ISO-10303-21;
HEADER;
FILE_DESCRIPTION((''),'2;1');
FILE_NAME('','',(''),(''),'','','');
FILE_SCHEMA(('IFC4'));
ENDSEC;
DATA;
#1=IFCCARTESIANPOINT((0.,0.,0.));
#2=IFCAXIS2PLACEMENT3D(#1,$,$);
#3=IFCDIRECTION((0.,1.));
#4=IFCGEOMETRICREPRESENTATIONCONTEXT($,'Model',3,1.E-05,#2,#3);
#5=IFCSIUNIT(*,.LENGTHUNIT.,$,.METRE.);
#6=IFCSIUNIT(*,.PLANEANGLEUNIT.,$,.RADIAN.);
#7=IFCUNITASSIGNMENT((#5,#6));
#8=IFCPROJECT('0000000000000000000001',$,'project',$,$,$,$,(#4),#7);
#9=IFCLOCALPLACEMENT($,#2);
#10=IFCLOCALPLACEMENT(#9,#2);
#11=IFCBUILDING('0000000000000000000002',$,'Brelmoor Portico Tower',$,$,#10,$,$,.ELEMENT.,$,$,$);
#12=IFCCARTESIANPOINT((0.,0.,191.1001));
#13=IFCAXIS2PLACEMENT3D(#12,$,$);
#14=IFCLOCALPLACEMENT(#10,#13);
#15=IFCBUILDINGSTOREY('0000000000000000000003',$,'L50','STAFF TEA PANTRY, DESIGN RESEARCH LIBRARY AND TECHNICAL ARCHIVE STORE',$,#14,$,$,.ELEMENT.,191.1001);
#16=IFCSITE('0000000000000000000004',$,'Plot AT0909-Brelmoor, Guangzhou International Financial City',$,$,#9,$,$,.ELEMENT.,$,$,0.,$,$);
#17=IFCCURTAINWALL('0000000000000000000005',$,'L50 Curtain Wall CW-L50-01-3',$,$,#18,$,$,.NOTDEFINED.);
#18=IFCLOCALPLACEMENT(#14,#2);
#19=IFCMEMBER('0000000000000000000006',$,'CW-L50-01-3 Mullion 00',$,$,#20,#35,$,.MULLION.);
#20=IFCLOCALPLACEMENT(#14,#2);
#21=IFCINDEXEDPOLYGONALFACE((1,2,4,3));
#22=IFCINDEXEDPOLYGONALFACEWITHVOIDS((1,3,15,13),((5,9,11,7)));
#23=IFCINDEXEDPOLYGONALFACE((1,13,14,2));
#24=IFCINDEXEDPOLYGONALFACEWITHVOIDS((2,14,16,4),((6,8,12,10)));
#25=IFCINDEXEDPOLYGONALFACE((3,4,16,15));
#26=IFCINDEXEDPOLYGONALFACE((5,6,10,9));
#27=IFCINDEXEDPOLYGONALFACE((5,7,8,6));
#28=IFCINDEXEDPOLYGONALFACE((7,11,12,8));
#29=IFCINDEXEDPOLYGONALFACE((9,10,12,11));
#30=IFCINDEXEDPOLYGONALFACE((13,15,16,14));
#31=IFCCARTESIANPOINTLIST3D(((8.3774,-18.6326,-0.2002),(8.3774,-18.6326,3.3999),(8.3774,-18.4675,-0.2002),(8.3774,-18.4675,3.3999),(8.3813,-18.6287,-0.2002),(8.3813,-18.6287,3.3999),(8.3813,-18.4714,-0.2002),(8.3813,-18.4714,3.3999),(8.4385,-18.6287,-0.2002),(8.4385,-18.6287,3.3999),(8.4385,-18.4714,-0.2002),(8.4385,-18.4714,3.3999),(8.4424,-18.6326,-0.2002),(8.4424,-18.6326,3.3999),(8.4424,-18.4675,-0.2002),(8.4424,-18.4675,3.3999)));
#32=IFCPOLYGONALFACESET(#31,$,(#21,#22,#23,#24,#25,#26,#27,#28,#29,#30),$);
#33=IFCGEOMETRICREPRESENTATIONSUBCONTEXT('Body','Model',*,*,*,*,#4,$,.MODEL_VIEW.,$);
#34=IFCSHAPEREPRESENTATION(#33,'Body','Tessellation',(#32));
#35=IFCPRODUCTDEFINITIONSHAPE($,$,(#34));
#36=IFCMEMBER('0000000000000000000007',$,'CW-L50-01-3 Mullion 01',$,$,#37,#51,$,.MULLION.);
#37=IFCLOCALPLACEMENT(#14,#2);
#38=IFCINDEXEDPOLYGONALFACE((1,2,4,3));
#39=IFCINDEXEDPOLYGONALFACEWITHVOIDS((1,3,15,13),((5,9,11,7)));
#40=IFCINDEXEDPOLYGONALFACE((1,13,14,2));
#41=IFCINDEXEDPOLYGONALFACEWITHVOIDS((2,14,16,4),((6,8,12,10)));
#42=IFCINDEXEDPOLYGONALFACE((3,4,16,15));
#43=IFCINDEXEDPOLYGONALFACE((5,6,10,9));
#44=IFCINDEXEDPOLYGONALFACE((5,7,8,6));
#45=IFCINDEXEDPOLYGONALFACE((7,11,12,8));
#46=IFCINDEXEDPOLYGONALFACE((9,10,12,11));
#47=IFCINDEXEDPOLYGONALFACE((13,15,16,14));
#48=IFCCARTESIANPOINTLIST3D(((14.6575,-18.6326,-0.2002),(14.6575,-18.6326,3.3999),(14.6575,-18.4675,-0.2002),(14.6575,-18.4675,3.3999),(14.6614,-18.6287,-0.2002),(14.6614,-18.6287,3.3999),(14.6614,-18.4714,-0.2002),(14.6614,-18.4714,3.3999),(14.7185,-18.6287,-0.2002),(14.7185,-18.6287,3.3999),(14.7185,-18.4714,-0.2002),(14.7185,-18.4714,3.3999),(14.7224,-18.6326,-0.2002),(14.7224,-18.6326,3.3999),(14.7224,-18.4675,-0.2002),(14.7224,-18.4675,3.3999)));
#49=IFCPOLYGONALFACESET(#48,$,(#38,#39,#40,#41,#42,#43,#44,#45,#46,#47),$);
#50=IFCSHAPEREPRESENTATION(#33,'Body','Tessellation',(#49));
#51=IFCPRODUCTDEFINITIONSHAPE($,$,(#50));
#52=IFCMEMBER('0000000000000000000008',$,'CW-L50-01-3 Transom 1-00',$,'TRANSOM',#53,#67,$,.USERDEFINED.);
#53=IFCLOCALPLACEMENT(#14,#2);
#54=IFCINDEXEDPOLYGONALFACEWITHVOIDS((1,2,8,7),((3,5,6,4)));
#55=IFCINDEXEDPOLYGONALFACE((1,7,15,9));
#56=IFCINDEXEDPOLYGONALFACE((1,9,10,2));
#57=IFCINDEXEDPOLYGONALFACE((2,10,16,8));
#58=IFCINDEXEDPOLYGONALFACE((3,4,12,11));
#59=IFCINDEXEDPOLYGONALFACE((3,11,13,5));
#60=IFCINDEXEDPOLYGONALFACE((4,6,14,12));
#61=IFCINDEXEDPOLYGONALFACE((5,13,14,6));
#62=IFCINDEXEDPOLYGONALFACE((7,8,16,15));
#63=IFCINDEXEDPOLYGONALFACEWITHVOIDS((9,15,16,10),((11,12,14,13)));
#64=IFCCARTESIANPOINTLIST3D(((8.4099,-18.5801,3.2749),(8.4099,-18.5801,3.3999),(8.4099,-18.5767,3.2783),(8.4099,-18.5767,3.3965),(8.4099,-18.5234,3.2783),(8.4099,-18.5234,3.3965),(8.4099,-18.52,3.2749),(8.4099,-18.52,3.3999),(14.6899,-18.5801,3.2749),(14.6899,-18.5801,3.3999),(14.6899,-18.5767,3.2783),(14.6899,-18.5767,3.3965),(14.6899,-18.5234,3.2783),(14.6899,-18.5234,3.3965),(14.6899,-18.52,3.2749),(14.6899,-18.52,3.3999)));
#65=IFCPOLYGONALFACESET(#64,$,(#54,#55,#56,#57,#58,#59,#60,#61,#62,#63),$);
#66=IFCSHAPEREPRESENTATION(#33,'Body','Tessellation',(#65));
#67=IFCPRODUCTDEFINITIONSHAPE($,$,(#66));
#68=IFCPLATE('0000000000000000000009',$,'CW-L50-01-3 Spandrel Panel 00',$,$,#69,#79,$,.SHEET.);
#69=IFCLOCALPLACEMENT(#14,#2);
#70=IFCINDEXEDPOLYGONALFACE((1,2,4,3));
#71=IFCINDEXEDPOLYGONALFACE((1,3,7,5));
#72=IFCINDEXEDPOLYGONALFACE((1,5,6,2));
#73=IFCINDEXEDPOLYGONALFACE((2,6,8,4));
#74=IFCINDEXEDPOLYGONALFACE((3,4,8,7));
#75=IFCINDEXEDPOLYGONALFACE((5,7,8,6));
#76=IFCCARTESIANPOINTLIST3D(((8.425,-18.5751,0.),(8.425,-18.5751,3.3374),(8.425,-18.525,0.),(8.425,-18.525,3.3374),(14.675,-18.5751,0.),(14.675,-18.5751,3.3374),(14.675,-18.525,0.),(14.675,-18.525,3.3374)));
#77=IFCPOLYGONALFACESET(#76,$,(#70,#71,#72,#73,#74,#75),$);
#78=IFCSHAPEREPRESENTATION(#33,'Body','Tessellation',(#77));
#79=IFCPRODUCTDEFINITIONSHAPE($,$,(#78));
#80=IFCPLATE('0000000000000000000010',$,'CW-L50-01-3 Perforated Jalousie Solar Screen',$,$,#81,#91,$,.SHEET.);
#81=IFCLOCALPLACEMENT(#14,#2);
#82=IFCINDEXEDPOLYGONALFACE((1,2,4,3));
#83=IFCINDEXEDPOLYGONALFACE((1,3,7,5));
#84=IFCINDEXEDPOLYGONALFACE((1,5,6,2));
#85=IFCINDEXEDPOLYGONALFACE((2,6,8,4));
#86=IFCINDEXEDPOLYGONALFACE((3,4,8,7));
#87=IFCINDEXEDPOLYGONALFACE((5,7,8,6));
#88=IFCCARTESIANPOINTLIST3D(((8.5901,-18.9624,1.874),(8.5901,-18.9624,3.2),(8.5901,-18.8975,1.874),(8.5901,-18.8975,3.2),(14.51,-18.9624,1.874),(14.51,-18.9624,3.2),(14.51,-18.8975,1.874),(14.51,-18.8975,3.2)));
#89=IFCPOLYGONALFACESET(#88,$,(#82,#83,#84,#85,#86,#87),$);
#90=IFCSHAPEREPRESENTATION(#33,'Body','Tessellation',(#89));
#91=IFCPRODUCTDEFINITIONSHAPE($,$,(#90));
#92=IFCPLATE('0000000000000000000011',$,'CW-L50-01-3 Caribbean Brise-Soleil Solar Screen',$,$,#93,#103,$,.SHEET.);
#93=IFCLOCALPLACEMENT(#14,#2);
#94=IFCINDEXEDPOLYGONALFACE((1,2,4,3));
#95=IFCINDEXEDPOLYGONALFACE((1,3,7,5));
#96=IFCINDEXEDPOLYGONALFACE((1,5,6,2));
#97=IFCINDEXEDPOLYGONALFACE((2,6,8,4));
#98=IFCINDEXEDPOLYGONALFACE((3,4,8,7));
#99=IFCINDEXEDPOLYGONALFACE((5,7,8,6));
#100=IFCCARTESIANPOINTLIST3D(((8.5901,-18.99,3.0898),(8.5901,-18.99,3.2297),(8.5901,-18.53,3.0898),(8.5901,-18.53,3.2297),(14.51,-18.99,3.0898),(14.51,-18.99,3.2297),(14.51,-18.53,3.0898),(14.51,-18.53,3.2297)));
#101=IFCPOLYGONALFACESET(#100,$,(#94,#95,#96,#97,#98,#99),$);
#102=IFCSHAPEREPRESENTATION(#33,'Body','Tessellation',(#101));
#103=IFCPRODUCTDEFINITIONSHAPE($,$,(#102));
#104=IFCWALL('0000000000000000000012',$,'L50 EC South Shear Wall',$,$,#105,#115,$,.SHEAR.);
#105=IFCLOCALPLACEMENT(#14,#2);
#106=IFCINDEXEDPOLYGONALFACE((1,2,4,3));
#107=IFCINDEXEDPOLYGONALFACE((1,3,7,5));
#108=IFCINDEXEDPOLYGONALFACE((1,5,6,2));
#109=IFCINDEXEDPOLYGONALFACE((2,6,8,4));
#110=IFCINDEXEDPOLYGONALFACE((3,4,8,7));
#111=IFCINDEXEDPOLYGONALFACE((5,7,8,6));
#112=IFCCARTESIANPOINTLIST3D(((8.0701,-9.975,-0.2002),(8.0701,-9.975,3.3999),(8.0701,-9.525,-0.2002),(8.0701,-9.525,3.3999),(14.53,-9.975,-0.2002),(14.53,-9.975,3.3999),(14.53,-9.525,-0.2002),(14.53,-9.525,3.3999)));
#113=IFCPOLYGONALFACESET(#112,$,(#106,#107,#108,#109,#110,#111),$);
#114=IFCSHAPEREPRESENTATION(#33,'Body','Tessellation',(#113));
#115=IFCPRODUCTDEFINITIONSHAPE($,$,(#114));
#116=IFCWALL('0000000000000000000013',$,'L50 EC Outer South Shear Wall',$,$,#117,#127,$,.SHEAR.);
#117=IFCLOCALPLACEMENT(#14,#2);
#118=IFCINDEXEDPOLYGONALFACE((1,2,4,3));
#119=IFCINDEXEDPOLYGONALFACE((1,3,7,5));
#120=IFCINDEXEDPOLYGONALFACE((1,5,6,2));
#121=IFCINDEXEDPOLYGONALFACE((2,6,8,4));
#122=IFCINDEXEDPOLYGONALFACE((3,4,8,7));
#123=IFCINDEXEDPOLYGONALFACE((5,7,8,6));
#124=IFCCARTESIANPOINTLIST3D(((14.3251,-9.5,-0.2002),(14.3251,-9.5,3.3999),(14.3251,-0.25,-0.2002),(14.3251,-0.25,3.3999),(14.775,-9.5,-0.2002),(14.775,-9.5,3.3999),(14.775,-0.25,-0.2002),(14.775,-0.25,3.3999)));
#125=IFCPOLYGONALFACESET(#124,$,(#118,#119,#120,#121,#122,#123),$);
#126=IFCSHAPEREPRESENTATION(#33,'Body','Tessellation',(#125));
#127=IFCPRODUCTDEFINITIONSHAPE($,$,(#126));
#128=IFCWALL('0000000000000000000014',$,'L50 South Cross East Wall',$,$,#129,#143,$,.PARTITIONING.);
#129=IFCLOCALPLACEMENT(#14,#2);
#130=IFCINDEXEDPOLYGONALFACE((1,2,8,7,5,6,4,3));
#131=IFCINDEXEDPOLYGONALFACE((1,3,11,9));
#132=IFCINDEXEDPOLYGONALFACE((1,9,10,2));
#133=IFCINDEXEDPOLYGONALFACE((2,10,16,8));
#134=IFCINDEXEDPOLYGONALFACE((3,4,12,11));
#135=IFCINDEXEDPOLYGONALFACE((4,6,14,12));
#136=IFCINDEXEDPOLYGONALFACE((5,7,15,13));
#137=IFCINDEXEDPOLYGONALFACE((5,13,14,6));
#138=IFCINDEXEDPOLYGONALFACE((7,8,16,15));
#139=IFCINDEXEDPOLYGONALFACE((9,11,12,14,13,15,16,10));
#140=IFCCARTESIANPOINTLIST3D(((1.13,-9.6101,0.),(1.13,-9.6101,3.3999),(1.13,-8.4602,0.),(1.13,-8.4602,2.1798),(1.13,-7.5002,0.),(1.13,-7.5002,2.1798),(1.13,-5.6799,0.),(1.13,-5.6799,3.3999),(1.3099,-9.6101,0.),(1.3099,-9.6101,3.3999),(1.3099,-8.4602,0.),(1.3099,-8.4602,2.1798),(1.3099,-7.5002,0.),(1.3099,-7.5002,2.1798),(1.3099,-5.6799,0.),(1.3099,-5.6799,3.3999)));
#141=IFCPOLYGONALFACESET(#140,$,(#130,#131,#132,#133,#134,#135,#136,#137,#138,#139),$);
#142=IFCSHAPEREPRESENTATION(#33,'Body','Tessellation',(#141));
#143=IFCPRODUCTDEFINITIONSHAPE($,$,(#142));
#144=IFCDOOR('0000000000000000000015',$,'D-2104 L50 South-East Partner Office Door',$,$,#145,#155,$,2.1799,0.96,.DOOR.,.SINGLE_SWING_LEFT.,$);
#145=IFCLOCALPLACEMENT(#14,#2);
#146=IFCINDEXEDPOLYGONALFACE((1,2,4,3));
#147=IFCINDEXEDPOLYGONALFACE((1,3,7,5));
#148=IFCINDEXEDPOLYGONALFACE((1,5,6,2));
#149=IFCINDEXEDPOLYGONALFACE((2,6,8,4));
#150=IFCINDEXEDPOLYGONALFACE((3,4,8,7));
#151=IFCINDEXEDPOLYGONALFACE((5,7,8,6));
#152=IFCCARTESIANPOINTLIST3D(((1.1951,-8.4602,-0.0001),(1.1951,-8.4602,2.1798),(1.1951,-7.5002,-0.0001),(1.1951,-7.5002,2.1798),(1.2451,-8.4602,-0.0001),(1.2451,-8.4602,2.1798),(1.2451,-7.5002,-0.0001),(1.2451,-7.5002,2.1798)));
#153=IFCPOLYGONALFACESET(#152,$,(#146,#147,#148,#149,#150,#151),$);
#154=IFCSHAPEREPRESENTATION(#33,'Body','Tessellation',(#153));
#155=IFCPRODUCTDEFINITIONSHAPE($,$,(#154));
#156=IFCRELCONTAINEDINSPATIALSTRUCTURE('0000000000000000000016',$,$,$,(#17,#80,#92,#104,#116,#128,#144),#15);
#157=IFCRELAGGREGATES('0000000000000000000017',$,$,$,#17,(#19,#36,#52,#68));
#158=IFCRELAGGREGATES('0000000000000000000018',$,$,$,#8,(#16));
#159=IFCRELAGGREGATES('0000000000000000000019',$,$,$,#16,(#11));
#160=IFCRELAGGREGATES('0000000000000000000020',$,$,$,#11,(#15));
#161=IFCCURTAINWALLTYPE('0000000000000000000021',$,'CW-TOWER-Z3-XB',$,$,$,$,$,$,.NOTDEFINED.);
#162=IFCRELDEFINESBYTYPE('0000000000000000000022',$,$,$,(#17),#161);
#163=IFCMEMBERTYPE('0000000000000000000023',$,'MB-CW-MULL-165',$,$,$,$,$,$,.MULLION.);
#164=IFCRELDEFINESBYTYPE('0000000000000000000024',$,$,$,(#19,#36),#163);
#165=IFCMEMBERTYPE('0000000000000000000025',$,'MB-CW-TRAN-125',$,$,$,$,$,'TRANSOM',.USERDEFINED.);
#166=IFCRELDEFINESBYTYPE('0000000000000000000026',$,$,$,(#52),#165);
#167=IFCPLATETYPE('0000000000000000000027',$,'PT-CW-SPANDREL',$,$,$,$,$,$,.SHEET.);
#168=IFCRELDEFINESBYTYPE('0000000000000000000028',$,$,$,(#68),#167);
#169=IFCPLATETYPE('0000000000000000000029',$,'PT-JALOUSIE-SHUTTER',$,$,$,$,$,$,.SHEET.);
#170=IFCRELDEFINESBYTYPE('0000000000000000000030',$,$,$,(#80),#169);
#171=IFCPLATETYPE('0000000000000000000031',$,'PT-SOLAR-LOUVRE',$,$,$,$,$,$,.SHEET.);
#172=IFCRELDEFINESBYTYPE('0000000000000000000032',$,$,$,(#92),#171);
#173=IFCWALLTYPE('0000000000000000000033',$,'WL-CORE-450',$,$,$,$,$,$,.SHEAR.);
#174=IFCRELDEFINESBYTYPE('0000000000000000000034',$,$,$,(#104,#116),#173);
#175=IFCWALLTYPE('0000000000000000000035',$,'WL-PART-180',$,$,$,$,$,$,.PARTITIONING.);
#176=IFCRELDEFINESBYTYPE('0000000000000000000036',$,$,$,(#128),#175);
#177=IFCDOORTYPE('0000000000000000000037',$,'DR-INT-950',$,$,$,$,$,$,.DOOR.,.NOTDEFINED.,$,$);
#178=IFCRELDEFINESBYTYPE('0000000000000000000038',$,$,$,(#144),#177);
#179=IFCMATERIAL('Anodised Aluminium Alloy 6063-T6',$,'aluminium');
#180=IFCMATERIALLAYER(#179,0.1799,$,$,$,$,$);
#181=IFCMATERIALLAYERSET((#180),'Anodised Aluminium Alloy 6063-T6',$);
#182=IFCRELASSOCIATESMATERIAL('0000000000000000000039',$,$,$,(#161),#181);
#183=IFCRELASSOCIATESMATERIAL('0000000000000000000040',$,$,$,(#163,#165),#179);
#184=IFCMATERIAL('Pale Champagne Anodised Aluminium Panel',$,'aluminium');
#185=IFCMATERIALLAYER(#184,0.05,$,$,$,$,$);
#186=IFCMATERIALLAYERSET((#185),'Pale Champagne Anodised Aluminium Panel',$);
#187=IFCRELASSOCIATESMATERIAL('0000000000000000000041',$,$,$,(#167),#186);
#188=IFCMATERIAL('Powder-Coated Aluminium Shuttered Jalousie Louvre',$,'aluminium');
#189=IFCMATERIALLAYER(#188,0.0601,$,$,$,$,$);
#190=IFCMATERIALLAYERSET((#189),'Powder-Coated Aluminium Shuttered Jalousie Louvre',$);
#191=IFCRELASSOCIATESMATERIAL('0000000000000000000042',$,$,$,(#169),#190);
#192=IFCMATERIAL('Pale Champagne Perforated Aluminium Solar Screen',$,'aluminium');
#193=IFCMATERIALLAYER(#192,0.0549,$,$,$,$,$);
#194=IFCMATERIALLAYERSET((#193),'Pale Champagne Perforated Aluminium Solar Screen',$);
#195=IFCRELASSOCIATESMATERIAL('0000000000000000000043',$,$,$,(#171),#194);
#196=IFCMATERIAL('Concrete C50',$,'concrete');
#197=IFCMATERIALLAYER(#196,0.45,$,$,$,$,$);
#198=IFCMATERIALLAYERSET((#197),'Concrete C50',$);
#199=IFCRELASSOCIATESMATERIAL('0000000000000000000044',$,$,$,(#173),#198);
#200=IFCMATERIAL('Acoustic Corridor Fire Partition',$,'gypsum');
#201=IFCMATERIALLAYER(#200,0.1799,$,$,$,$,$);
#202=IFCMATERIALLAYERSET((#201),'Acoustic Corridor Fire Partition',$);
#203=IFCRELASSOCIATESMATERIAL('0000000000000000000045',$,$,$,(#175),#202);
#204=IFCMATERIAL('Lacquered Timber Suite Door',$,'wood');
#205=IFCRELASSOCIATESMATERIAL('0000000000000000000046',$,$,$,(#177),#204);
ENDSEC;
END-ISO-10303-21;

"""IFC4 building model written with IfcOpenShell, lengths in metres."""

from ifc_helpers import new_model, si_unit, direction, frame, frame_2d, origin, origin_2d, place, context, subcontext, project, spatial, rectangle, hollow_rectangle, extrude, material, layer, layer_set, material_profile, profile_set, type_object, element, fill, aggregate, save


model = new_model("IFC4")

# Units and contexts
model_context = context("Model", 3, precision=1e-05, world=origin(), true_north=direction((0.0, 1.0)))
body_context = subcontext(model_context, "Body", "Model", "MODEL_VIEW")
ifc_project = project(units=[si_unit("LENGTHUNIT", "METRE"), si_unit("PLANEANGLEUNIT", "RADIAN")], contexts=[model_context])

# Site, building, storey
site_placement = place(None, origin())
site = spatial("IfcSite", under=ifc_project, at=site_placement, Name="Plot AT0909-Brelmoor, Guangzhou International Financial City", CompositionType="ELEMENT", RefElevation=0.0)
building_placement = place(site_placement, origin())
building = spatial("IfcBuilding", under=site, at=building_placement, Name="Brelmoor Portico Tower", CompositionType="ELEMENT")
storey_placement = place(building_placement, frame((0.0, 0.0, 191.1001)))
storey = spatial("IfcBuildingStorey", under=building, at=storey_placement, Name="L50", Description="STAFF TEA PANTRY, DESIGN RESEARCH LIBRARY AND TECHNICAL ARCHIVE STORE", CompositionType="ELEMENT", Elevation=191.1001)

# Shared definitions
ifc_material_1 = material(Name="Anodised Aluminium Alloy 6063-T6", Category="aluminium")
ifc_layer_1 = layer(ifc_material_1, 0.1799)
ifc_layer_set_1 = layer_set([ifc_layer_1], Name="Anodised Aluminium Alloy 6063-T6")
curtain_wall_type = type_object("IfcCurtainWallType", Name="CW-TOWER-Z3-XB", PredefinedType="NOTDEFINED", material=ifc_layer_set_1)
ifc_material_profile_1 = material_profile(ifc_material_1, hollow_rectangle(XDim=0.0649, YDim=0.165, WallThickness=0.0039, at=origin_2d()), Name="ALU MULLION 65x165")
ifc_profile_set_1 = profile_set([ifc_material_profile_1], Name="Anodised Aluminium Alloy 6063-T6")
member_type_1 = type_object("IfcMemberType", Name="MB-CW-MULL-165", PredefinedType="MULLION", material=ifc_profile_set_1)

# Curtain wall, members, plate
curtain_wall_1_placement = place(storey_placement, origin())
curtain_wall_1 = element("IfcCurtainWall", 1, at=curtain_wall_1_placement, inside=storey, type_object=curtain_wall_type, Name="L50 Curtain Wall CW-L50-01-3", PredefinedType="NOTDEFINED")
member_1_placement = place(storey_placement, frame((8.4099, -18.55, -0.2002), z_axis=(0.0, 0.0, 1.0), x_axis=(1.0, 0.0, 0.0)))
member_1 = element("IfcMember", 2, at=member_1_placement, type_object=member_type_1, Name="CW-L50-01-3 Mullion 00", PredefinedType="MULLION", context=body_context, shape_type="SweptSolid", body=[
    extrude(hollow_rectangle(XDim=0.0649, YDim=0.165, WallThickness=0.0039, at=origin_2d()), origin(), (0.0, 0.0, 1.0), 3.6001),
])
member_2_placement = place(storey_placement, frame((14.6899, -18.55, -0.2002), z_axis=(0.0, 0.0, 1.0), x_axis=(1.0, 0.0, 0.0)))
member_2 = element("IfcMember", 3, at=member_2_placement, type_object=member_type_1, Name="CW-L50-01-3 Mullion 01", PredefinedType="MULLION", context=body_context, shape_type="SweptSolid", body=[
    extrude(hollow_rectangle(XDim=0.0649, YDim=0.165, WallThickness=0.0039, at=origin_2d()), origin(), (0.0, 0.0, 1.0), 3.6001),
])
ifc_material_profile_2 = material_profile(ifc_material_1, hollow_rectangle(XDim=0.0601, YDim=0.125, WallThickness=0.0034, at=origin_2d()), Name="ALU TRANSOM 60x125")
ifc_profile_set_2 = profile_set([ifc_material_profile_2], Name="Anodised Aluminium Alloy 6063-T6")
member_type_2 = type_object("IfcMemberType", Name="MB-CW-TRAN-125", ElementType="TRANSOM", PredefinedType="USERDEFINED", material=ifc_profile_set_2)
member_3_placement = place(storey_placement, frame((8.4099, -18.55, 3.3374), z_axis=(1.0, 0.0, 0.0), x_axis=(0.0, 1.0, 0.0)))
member_3 = element("IfcMember", 4, at=member_3_placement, type_object=member_type_2, Name="CW-L50-01-3 Transom 1-00", ObjectType="TRANSOM", PredefinedType="USERDEFINED", context=body_context, shape_type="SweptSolid", body=[
    extrude(hollow_rectangle(XDim=0.0601, YDim=0.125, WallThickness=0.0034, at=origin_2d()), origin(), (0.0, 0.0, 1.0), 6.28),
])
ifc_material_2 = material(Name="Pale Champagne Anodised Aluminium Panel", Category="aluminium")
ifc_layer_2 = layer(ifc_material_2, 0.05)
ifc_layer_set_2 = layer_set([ifc_layer_2], Name="Pale Champagne Anodised Aluminium Panel")
plate_type_1 = type_object("IfcPlateType", Name="PT-CW-SPANDREL", PredefinedType="SHEET", material=ifc_layer_set_2)
plate_1_placement = place(storey_placement, frame((11.55, -18.55, 0.0), z_axis=(0.0, 0.0, 1.0), x_axis=(1.0, 0.0, 0.0)))
plate_1 = element("IfcPlate", 5, at=plate_1_placement, type_object=plate_type_1, Name="CW-L50-01-3 Spandrel Panel 00", PredefinedType="SHEET", context=body_context, shape_type="SweptSolid", body=[
    extrude(rectangle(XDim=6.25, YDim=0.05, at=origin_2d()), origin(), (0.0, 0.0, 1.0), 3.3374),
])
aggregate(curtain_wall_1, [member_1, member_2, member_3, plate_1])

# Plates
ifc_material_3 = material(Name="Powder-Coated Aluminium Shuttered Jalousie Louvre", Category="aluminium")
ifc_layer_3 = layer(ifc_material_3, 0.0601)
ifc_layer_set_3 = layer_set([ifc_layer_3], Name="Powder-Coated Aluminium Shuttered Jalousie Louvre")
plate_type_2 = type_object("IfcPlateType", Name="PT-JALOUSIE-SHUTTER", PredefinedType="SHEET", material=ifc_layer_set_3)
plate_2_placement = place(storey_placement, frame((11.55, -18.9299, 1.874), z_axis=(0.0, 0.0, 1.0), x_axis=(1.0, 0.0, 0.0)))
element("IfcPlate", 6, at=plate_2_placement, inside=storey, type_object=plate_type_2, Name="CW-L50-01-3 Perforated Jalousie Solar Screen", PredefinedType="SHEET", context=body_context, shape_type="SweptSolid", body=[
    extrude(rectangle(XDim=5.9199, YDim=0.0649, at=origin_2d()), origin(), (0.0, 0.0, 1.0), 1.3259),
])
ifc_material_4 = material(Name="Pale Champagne Perforated Aluminium Solar Screen", Category="aluminium")
ifc_layer_4 = layer(ifc_material_4, 0.0549)
ifc_layer_set_4 = layer_set([ifc_layer_4], Name="Pale Champagne Perforated Aluminium Solar Screen")
plate_type_3 = type_object("IfcPlateType", Name="PT-SOLAR-LOUVRE", PredefinedType="SHEET", material=ifc_layer_set_4)
plate_3_placement = place(storey_placement, frame((11.55, -18.76, 3.0898), z_axis=(0.0, 0.0, 1.0), x_axis=(1.0, 0.0, 0.0)))
element("IfcPlate", 7, at=plate_3_placement, inside=storey, type_object=plate_type_3, Name="CW-L50-01-3 Caribbean Brise-Soleil Solar Screen", PredefinedType="SHEET", context=body_context, shape_type="SweptSolid", body=[
    extrude(rectangle(XDim=5.9199, YDim=0.46, at=origin_2d()), origin(), (0.0, 0.0, 1.0), 0.1399),
])

# Walls
ifc_material_5 = material(Name="Concrete C50", Category="concrete")
ifc_layer_5 = layer(ifc_material_5, 0.45)
ifc_layer_set_5 = layer_set([ifc_layer_5], Name="Concrete C50")
wall_type_1 = type_object("IfcWallType", Name="WL-CORE-450", PredefinedType="SHEAR", material=ifc_layer_set_5)
wall_1_placement = place(storey_placement, frame((8.0701, -9.75, -0.2002), z_axis=(0.0, 0.0, 1.0), x_axis=(1.0, 0.0, 0.0)))
element("IfcWall", 8, at=wall_1_placement, inside=storey, type_object=wall_type_1, Name="L50 EC South Shear Wall", PredefinedType="SHEAR", context=body_context, shape_type="SweptSolid", body=[
    extrude(rectangle(XDim=6.46, YDim=0.45, at=frame_2d((3.23, 0.0))), origin(), (0.0, 0.0, 1.0), 3.6001),
])
wall_2_placement = place(storey_placement, frame((14.55, -9.5, -0.2002), z_axis=(0.0, 0.0, 1.0), x_axis=(0.0, 1.0, 0.0)))
element("IfcWall", 9, at=wall_2_placement, inside=storey, type_object=wall_type_1, Name="L50 EC Outer South Shear Wall", PredefinedType="SHEAR", context=body_context, shape_type="SweptSolid", body=[
    extrude(rectangle(XDim=9.25, YDim=0.45, at=frame_2d((4.625, 0.0))), origin(), (0.0, 0.0, 1.0), 3.6001),
])

# Wall, opening, door
ifc_material_6 = material(Name="Acoustic Corridor Fire Partition", Category="gypsum")
ifc_layer_6 = layer(ifc_material_6, 0.1799)
ifc_layer_set_6 = layer_set([ifc_layer_6], Name="Acoustic Corridor Fire Partition")
wall_type_2 = type_object("IfcWallType", Name="WL-PART-180", PredefinedType="PARTITIONING", material=ifc_layer_set_6)
wall_3_placement = place(storey_placement, frame((1.22, -9.6101, 0.0), z_axis=(0.0, 0.0, 1.0), x_axis=(0.0, 1.0, 0.0)))
wall_3 = element("IfcWall", 10, at=wall_3_placement, inside=storey, type_object=wall_type_2, Name="L50 South Cross East Wall", PredefinedType="PARTITIONING", context=body_context, shape_type="SweptSolid", body=[
    extrude(rectangle(XDim=3.9302, YDim=0.1799, at=frame_2d((1.9651, 0.0))), origin(), (0.0, 0.0, 1.0), 3.3999),
])
opening_1_placement = place(wall_3_placement, frame((1.1499, 0.0, 0.0)))
opening_1 = element("IfcOpeningElement", 11, at=opening_1_placement, cuts=wall_3, PredefinedType="OPENING", context=body_context, shape_type="SweptSolid", body=[
    extrude(rectangle(XDim=0.96, YDim=2.1799, at=frame_2d((0.48, 1.0898))), frame((0.0, 0.0999, 0.0), z_axis=(0.0, -1.0, 0.0), x_axis=(1.0, 0.0, 0.0)), (0.0, 0.0, 1.0), 0.2),
])
ifc_material_7 = material(Name="Lacquered Timber Suite Door", Category="wood")
door_type_1 = type_object("IfcDoorType", Name="DR-INT-950", OperationType="NOTDEFINED", PredefinedType="DOOR", material=ifc_material_7)
door_1_placement = place(opening_1_placement, origin())
door_1 = element("IfcDoor", 12, at=door_1_placement, inside=storey, type_object=door_type_1, Name="D-2104 L50 South-East Partner Office Door", OperationType="SINGLE_SWING_LEFT", OverallHeight=2.1799, OverallWidth=0.96, PredefinedType="DOOR", context=body_context, shape_type="SweptSolid", body=[
    extrude(rectangle(XDim=0.96, YDim=2.1799, at=frame_2d((0.48, 1.0898))), frame((0.0, 0.0249, 0.0), z_axis=(0.0, -1.0, 0.0), x_axis=(1.0, 0.0, 0.0)), (0.0, 0.0, 1.0), 0.05),
])
fill(opening_1, door_1)

save(model, "model.ifc")
